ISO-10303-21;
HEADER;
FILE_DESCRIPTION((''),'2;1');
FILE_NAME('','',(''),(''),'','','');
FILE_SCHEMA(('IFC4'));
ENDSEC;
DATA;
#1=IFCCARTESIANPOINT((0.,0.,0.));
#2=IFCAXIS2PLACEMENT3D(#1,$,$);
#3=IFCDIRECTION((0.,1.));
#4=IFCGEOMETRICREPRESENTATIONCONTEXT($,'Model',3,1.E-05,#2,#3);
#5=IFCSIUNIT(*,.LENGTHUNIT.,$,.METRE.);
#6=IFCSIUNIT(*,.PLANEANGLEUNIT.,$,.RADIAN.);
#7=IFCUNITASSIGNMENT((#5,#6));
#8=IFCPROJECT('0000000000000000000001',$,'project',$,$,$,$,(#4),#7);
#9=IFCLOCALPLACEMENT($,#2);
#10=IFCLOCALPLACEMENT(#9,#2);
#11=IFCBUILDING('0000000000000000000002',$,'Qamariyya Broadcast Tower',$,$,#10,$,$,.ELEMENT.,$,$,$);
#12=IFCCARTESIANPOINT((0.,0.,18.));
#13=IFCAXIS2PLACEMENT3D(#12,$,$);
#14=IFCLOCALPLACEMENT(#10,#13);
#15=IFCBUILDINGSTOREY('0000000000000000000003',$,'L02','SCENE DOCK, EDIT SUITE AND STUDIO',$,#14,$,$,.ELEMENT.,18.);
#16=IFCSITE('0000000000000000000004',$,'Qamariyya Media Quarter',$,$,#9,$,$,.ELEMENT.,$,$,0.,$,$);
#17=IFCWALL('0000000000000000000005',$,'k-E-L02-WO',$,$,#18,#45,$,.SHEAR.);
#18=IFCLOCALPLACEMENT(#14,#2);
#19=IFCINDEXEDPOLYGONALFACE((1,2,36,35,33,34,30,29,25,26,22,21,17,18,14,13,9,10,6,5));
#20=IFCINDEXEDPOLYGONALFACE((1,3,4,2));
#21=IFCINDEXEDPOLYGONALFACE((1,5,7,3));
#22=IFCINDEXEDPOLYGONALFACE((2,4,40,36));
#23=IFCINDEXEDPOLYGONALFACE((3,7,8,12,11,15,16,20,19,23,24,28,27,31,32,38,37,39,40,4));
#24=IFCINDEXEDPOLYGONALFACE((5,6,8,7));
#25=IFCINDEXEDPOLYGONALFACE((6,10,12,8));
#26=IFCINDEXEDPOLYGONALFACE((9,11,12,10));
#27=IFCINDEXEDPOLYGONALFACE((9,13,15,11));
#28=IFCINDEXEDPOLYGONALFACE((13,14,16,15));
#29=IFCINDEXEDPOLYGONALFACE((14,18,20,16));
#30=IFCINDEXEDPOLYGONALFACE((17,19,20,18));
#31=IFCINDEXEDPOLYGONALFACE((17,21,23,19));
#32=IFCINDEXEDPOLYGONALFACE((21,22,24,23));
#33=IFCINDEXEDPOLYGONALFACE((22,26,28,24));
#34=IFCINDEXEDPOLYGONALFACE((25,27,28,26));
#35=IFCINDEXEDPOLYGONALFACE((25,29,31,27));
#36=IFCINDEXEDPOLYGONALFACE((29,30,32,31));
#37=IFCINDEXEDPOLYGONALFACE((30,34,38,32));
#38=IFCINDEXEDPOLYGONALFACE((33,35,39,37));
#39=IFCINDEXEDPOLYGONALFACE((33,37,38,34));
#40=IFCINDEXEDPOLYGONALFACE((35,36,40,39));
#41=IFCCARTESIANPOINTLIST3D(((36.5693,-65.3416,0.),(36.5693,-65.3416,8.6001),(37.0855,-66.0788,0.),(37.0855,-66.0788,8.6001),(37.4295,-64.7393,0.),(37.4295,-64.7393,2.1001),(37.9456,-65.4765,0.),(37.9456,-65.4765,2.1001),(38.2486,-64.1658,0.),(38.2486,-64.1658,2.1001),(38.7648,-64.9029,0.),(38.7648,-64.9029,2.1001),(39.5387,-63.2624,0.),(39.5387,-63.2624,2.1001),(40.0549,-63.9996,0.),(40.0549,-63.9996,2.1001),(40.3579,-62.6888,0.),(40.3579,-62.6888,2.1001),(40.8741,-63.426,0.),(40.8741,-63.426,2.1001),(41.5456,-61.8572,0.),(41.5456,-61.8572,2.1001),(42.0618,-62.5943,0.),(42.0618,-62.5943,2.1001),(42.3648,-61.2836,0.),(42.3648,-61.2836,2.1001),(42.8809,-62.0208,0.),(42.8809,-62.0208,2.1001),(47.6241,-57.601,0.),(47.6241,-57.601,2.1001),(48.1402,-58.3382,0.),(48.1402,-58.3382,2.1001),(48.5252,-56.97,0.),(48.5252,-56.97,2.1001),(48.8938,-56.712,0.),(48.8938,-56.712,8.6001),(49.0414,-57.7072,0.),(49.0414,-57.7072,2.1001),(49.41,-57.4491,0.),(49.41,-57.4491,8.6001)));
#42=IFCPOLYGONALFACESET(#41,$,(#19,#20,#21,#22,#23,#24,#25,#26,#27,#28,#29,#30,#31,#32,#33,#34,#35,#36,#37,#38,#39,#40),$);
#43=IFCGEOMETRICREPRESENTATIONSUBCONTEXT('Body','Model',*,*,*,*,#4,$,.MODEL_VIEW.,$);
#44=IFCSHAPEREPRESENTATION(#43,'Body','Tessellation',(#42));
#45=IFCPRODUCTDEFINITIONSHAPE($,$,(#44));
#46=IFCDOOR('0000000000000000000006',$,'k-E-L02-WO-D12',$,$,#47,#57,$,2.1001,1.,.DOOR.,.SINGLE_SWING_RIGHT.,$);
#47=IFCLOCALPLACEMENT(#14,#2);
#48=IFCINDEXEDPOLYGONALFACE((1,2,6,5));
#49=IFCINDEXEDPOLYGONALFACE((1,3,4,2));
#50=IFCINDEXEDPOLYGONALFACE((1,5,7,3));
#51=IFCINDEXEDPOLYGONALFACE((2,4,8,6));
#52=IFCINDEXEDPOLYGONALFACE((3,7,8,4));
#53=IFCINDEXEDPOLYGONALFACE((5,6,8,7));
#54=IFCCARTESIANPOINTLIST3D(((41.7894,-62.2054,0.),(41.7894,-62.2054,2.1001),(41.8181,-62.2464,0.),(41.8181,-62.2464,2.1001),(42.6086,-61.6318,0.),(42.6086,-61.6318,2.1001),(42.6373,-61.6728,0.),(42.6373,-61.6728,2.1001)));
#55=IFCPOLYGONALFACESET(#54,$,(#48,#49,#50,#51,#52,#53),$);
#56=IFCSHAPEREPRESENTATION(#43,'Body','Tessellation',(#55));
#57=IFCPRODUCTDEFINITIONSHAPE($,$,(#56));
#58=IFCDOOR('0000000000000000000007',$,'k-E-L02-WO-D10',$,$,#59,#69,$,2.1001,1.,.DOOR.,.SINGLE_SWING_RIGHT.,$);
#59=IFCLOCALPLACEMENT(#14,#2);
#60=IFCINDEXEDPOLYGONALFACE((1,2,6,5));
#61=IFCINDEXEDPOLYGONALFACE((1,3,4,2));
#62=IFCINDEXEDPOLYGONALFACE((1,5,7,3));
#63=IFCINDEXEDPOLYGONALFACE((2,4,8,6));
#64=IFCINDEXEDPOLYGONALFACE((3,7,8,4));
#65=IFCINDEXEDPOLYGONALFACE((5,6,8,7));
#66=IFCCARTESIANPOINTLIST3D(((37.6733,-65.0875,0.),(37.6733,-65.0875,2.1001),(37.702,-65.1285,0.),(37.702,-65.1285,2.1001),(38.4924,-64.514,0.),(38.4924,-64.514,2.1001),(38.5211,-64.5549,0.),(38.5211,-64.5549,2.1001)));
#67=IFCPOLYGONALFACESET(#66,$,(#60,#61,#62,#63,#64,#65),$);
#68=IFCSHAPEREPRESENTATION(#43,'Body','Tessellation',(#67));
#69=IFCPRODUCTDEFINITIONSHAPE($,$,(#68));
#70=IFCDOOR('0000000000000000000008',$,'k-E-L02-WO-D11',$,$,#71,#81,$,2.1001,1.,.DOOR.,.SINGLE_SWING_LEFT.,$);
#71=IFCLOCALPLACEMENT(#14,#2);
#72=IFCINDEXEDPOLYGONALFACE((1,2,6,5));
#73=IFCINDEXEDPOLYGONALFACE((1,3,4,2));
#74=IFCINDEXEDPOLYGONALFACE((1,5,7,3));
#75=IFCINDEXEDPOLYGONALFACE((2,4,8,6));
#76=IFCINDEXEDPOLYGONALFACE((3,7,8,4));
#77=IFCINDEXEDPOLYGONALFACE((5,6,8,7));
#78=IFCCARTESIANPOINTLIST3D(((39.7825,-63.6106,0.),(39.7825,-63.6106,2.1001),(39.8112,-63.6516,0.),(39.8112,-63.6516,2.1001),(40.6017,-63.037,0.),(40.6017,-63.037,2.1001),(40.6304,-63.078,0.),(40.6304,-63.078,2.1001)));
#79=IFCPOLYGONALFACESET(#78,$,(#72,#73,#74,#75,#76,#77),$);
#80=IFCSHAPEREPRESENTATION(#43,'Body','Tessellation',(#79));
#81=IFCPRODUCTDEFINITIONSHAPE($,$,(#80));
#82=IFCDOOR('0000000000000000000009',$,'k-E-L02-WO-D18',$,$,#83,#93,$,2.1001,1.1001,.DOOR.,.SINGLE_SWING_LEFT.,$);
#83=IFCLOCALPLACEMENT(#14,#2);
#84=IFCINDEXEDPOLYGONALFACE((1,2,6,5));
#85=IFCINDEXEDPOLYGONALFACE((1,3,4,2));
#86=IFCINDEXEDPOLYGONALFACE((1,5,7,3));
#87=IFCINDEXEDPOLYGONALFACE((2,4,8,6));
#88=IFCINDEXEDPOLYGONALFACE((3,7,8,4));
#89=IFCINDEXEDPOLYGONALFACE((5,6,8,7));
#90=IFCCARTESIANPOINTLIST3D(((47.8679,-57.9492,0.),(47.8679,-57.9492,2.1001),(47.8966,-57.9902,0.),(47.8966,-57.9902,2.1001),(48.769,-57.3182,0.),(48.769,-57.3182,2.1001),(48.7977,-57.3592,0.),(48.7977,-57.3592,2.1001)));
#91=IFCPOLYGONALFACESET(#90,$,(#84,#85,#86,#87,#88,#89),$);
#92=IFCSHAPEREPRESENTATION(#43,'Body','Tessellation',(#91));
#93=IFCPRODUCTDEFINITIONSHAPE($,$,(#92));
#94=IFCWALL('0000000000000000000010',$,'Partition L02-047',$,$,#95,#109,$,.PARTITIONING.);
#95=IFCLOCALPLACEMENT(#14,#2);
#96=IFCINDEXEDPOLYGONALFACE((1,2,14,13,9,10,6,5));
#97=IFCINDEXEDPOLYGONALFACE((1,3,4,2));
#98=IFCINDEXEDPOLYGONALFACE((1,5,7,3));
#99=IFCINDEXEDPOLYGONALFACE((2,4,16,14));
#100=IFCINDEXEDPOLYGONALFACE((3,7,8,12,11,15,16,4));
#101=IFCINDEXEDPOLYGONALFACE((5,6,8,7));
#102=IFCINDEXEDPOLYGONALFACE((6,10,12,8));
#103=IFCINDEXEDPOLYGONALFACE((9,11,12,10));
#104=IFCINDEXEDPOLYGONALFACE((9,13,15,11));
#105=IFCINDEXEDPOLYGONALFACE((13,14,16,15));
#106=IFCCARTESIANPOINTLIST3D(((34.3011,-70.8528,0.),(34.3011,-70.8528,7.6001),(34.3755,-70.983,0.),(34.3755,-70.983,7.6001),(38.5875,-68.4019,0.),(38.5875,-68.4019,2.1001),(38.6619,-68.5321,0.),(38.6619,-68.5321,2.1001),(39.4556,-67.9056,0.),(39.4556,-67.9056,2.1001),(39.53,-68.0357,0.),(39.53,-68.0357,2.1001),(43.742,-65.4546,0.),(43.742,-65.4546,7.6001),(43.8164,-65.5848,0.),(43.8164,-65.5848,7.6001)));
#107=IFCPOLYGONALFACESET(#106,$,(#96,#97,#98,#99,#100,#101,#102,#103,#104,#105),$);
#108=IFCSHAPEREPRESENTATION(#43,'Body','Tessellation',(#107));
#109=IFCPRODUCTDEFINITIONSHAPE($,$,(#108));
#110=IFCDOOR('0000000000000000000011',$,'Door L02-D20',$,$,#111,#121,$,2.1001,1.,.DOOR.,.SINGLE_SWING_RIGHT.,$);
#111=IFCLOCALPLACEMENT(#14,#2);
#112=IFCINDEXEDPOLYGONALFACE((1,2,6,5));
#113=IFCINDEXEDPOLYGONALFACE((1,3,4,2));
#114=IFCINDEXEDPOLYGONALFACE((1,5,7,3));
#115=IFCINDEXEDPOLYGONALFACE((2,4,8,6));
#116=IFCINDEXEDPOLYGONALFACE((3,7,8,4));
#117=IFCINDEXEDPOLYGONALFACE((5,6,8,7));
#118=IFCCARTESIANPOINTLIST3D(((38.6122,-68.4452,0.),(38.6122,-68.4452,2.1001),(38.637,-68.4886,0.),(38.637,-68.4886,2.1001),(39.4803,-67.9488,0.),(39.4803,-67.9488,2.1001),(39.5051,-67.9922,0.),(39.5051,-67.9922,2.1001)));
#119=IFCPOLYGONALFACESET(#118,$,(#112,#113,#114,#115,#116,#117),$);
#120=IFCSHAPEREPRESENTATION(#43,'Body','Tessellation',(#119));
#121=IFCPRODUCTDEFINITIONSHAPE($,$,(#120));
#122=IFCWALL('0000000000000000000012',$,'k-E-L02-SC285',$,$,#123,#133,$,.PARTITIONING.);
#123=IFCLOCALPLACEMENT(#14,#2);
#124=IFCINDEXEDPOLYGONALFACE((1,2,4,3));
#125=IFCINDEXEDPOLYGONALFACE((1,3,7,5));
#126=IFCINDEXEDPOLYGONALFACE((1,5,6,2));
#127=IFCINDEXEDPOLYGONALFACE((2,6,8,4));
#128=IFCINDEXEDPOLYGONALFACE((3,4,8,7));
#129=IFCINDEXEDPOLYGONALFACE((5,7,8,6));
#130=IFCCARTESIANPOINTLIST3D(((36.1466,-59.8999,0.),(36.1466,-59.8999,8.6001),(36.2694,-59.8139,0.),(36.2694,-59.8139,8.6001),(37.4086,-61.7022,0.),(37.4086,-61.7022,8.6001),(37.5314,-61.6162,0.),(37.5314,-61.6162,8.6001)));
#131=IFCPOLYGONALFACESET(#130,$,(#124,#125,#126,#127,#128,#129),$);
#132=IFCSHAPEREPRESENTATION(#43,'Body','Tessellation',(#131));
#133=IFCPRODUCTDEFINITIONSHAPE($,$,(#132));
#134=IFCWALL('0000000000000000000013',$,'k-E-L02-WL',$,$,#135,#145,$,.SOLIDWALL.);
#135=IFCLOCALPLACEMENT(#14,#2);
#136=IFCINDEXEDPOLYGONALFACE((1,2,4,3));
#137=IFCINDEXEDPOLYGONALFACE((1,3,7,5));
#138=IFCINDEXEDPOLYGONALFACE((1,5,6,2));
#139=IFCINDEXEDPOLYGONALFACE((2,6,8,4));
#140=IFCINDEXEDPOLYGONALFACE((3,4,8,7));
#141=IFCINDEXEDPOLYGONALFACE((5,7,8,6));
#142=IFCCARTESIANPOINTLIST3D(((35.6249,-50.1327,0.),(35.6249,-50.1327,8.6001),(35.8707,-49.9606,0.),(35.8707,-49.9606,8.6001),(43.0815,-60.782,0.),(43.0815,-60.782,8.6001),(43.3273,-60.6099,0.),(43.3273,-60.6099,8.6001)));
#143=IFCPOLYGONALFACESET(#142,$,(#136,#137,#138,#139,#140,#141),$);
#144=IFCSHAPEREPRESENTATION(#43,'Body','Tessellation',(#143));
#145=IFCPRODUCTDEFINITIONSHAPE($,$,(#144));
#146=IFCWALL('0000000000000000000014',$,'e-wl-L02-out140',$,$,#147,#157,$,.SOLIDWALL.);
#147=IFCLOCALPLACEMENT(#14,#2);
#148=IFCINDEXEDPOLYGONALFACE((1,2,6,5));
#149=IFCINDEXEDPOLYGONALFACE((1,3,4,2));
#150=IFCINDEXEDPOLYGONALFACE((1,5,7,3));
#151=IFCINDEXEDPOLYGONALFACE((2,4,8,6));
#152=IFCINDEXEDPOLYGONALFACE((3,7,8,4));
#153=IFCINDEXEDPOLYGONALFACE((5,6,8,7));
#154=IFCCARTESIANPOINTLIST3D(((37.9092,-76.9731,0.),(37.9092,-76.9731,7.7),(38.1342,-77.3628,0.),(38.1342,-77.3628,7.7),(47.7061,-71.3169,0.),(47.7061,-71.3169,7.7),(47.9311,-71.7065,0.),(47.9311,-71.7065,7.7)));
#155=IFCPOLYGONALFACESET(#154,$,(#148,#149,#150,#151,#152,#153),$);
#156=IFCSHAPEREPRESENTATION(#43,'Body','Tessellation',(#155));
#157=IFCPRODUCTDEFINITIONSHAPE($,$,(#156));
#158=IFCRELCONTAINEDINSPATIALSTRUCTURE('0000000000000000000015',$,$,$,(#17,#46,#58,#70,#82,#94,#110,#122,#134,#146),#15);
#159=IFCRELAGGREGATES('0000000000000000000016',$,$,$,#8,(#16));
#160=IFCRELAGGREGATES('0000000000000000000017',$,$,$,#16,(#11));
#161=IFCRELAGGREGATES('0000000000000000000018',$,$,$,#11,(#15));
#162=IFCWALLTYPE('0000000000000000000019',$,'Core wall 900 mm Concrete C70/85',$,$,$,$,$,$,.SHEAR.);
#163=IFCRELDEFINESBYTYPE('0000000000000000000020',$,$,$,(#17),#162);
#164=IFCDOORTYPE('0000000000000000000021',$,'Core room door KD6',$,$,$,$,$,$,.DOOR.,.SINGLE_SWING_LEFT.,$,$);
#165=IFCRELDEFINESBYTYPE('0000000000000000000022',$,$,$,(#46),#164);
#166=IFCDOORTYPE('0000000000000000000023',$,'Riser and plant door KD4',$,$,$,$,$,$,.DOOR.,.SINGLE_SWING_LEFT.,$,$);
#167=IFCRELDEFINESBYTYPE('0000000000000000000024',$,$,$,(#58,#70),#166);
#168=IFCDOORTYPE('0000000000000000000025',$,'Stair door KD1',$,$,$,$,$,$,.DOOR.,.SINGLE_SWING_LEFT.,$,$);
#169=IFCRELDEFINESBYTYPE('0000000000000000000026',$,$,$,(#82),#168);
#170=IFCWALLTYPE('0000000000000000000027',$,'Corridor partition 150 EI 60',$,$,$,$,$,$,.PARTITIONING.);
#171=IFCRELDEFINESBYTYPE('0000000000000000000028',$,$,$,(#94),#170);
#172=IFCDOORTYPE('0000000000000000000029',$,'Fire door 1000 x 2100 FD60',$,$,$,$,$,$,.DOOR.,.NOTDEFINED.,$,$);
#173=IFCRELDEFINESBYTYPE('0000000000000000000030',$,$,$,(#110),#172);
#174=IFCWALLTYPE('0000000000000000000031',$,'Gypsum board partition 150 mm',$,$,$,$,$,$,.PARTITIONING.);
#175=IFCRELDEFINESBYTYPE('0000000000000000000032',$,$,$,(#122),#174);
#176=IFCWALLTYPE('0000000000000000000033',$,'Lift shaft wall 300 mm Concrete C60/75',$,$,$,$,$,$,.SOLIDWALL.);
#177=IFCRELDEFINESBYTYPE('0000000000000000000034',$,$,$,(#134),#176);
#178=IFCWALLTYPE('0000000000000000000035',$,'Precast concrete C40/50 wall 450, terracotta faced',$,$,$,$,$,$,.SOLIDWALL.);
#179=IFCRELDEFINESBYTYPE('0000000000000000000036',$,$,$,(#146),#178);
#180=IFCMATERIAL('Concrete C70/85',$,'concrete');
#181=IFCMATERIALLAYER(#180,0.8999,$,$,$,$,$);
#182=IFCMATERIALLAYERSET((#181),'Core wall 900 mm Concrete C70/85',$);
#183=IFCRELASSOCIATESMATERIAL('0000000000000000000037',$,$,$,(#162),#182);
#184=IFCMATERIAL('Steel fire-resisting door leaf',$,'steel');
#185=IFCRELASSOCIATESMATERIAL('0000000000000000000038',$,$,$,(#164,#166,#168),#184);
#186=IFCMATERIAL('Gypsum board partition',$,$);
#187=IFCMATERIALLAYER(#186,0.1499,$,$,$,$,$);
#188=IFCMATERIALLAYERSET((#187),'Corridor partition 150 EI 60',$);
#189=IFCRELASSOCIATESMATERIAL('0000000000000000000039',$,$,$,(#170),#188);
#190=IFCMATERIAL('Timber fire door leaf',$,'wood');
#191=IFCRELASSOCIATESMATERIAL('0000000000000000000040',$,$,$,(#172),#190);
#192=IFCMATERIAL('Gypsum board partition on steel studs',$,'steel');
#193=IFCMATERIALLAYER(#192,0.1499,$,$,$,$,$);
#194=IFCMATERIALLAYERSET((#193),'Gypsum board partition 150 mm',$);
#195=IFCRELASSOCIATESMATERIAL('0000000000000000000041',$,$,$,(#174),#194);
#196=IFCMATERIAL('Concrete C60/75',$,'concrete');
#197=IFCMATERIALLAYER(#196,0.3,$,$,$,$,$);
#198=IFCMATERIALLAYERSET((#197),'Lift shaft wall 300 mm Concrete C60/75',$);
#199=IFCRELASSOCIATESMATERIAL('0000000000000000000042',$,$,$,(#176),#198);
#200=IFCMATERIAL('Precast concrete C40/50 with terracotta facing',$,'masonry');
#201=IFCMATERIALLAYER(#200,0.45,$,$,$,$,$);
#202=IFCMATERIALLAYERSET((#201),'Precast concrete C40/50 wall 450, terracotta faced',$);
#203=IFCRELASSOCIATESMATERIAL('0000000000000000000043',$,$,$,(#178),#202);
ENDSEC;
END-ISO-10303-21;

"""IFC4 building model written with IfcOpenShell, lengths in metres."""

from ifc_helpers import new_model, si_unit, direction, frame, frame_2d, origin, place, context, subcontext, project, spatial, rectangle, extrude, material, layer, layer_set, type_object, element, fill, save


model = new_model("IFC4")

# Units and contexts
model_context = context("Model", 3, precision=1e-05, world=origin(), true_north=direction((0.0, 1.0)))
body_context = subcontext(model_context, "Body", "Model", "MODEL_VIEW")
ifc_project = project(units=[si_unit("LENGTHUNIT", "METRE"), si_unit("PLANEANGLEUNIT", "RADIAN")], contexts=[model_context])

# Site, building, storey
site_placement = place(None, origin())
site = spatial("IfcSite", under=ifc_project, at=site_placement, Name="Qamariyya Media Quarter", CompositionType="ELEMENT", RefElevation=0.0)
building_placement = place(site_placement, origin())
building = spatial("IfcBuilding", under=site, at=building_placement, Name="Qamariyya Broadcast Tower", CompositionType="ELEMENT")
storey_placement = place(building_placement, frame((0.0, 0.0, 18.0)))
storey = spatial("IfcBuildingStorey", under=building, at=storey_placement, Name="L02", Description="SCENE DOCK, EDIT SUITE AND STUDIO", CompositionType="ELEMENT", Elevation=18.0)

# Shared definitions
ifc_material_1 = material(Name="Concrete C70/85", Category="concrete")

# Shared definitions
ifc_layer_1 = layer(ifc_material_1, 0.8999)
ifc_layer_set_1 = layer_set([ifc_layer_1], Name="Core wall 900 mm Concrete C70/85")
wall_type_1 = type_object("IfcWallType", Name="Core wall 900 mm Concrete C70/85", PredefinedType="SHEAR", material=ifc_layer_set_1)
ifc_material_2 = material(Name="Steel fire-resisting door leaf", Category="steel")

# Wall, openings, doors
wall_1_placement = place(storey_placement, frame((36.8274, -65.7102, 0.0), z_axis=(0.0, 0.0, 1.0), x_axis=(0.819153, 0.573575, 0.0)))
wall_1 = element("IfcWall", 1, at=wall_1_placement, inside=storey, type_object=wall_type_1, Name="k-E-L02-WO", PredefinedType="SHEAR", context=body_context, shape_type="SweptSolid", body=[
    extrude(rectangle(XDim=15.0454, YDim=0.8999, at=frame_2d((7.5227, 0.0))), origin(), (0.0, 0.0, 1.0), 8.6001),
])
opening_1_placement = place(wall_1_placement, frame((1.05, 0.0, 0.0)))
opening_1 = element("IfcOpeningElement", 2, at=opening_1_placement, cuts=wall_1, PredefinedType="OPENING", context=body_context, shape_type="SweptSolid", body=[
    extrude(rectangle(XDim=1.0, YDim=2.1001, at=frame_2d((0.5, 1.05))), frame((0.0, 0.46, 0.0), z_axis=(0.0, -1.0, 0.0), x_axis=(1.0, 0.0, 0.0)), (0.0, 0.0, 1.0), 0.9199),
])
opening_2_placement = place(wall_1_placement, frame((3.625, 0.0, 0.0)))
opening_2 = element("IfcOpeningElement", 3, at=opening_2_placement, cuts=wall_1, PredefinedType="OPENING", context=body_context, shape_type="SweptSolid", body=[
    extrude(rectangle(XDim=1.0, YDim=2.1001, at=frame_2d((0.5, 1.05))), frame((0.0, 0.46, 0.0), z_axis=(0.0, -1.0, 0.0), x_axis=(1.0, 0.0, 0.0)), (0.0, 0.0, 1.0), 0.9199),
])
opening_3_placement = place(wall_1_placement, frame((6.075, 0.0, 0.0)))
opening_3 = element("IfcOpeningElement", 4, at=opening_3_placement, cuts=wall_1, PredefinedType="OPENING", context=body_context, shape_type="SweptSolid", body=[
    extrude(rectangle(XDim=1.0, YDim=2.1001, at=frame_2d((0.5, 1.05))), frame((0.0, 0.46, 0.0), z_axis=(0.0, -1.0, 0.0), x_axis=(1.0, 0.0, 0.0)), (0.0, 0.0, 1.0), 0.9199),
])
opening_4_placement = place(wall_1_placement, frame((13.4954, 0.0, 0.0)))
opening_4 = element("IfcOpeningElement", 5, at=opening_4_placement, cuts=wall_1, PredefinedType="OPENING", context=body_context, shape_type="SweptSolid", body=[
    extrude(rectangle(XDim=1.1001, YDim=2.1001, at=frame_2d((0.55, 1.05))), frame((0.0, 0.46, 0.0), z_axis=(0.0, -1.0, 0.0), x_axis=(1.0, 0.0, 0.0)), (0.0, 0.0, 1.0), 0.9199),
])
door_type_1 = type_object("IfcDoorType", Name="Core room door KD6", OperationType="SINGLE_SWING_LEFT", PredefinedType="DOOR", material=ifc_material_2)
door_1_placement = place(opening_3_placement, origin())
door_1 = element("IfcDoor", 6, at=door_1_placement, inside=storey, type_object=door_type_1, Name="k-E-L02-WO-D12", OperationType="SINGLE_SWING_RIGHT", OverallHeight=2.1001, OverallWidth=1.0, PredefinedType="DOOR", context=body_context, shape_type="SweptSolid", body=[
    extrude(rectangle(XDim=1.0, YDim=2.1001, at=frame_2d((0.5, 1.05))), frame((0.0, 0.0249, 0.0), z_axis=(0.0, -1.0, 0.0), x_axis=(1.0, 0.0, 0.0)), (0.0, 0.0, 1.0), 0.05),
])
fill(opening_3, door_1)
door_type_2 = type_object("IfcDoorType", Name="Riser and plant door KD4", OperationType="SINGLE_SWING_LEFT", PredefinedType="DOOR", material=ifc_material_2)
door_2_placement = place(opening_1_placement, origin())
door_2 = element("IfcDoor", 7, at=door_2_placement, inside=storey, type_object=door_type_2, Name="k-E-L02-WO-D10", OperationType="SINGLE_SWING_RIGHT", OverallHeight=2.1001, OverallWidth=1.0, PredefinedType="DOOR", context=body_context, shape_type="SweptSolid", body=[
    extrude(rectangle(XDim=1.0, YDim=2.1001, at=frame_2d((0.5, 1.05))), frame((0.0, 0.0249, 0.0), z_axis=(0.0, -1.0, 0.0), x_axis=(1.0, 0.0, 0.0)), (0.0, 0.0, 1.0), 0.05),
])
fill(opening_1, door_2)
door_3_placement = place(opening_2_placement, origin())
door_3 = element("IfcDoor", 8, at=door_3_placement, inside=storey, type_object=door_type_2, Name="k-E-L02-WO-D11", OperationType="SINGLE_SWING_LEFT", OverallHeight=2.1001, OverallWidth=1.0, PredefinedType="DOOR", context=body_context, shape_type="SweptSolid", body=[
    extrude(rectangle(XDim=1.0, YDim=2.1001, at=frame_2d((0.5, 1.05))), frame((0.0, 0.0249, 0.0), z_axis=(0.0, -1.0, 0.0), x_axis=(1.0, 0.0, 0.0)), (0.0, 0.0, 1.0), 0.05),
])
fill(opening_2, door_3)
door_type_3 = type_object("IfcDoorType", Name="Stair door KD1", OperationType="SINGLE_SWING_LEFT", PredefinedType="DOOR", material=ifc_material_2)
door_4_placement = place(opening_4_placement, origin())
door_4 = element("IfcDoor", 9, at=door_4_placement, inside=storey, type_object=door_type_3, Name="k-E-L02-WO-D18", OperationType="SINGLE_SWING_LEFT", OverallHeight=2.1001, OverallWidth=1.1001, PredefinedType="DOOR", context=body_context, shape_type="SweptSolid", body=[
    extrude(rectangle(XDim=1.1001, YDim=2.1001, at=frame_2d((0.55, 1.05))), frame((0.0, 0.0249, 0.0), z_axis=(0.0, -1.0, 0.0), x_axis=(1.0, 0.0, 0.0)), (0.0, 0.0, 1.0), 0.05),
])
fill(opening_4, door_4)

# Wall, opening, door
ifc_material_3 = material(Name="Gypsum board partition")
ifc_layer_2 = layer(ifc_material_3, 0.1499)
ifc_layer_set_2 = layer_set([ifc_layer_2], Name="Corridor partition 150 EI 60")
wall_type_2 = type_object("IfcWallType", Name="Corridor partition 150 EI 60", PredefinedType="PARTITIONING", material=ifc_layer_set_2)
wall_2_placement = place(storey_placement, frame((43.7791, -65.5198, 0.0), z_axis=(0.0, 0.0, 1.0), x_axis=(-0.868109, -0.496373, 0.0)))
wall_2 = element("IfcWall", 10, at=wall_2_placement, inside=storey, type_object=wall_type_2, Name="Partition L02-047", PredefinedType="PARTITIONING", context=body_context, shape_type="SweptSolid", body=[
    extrude(rectangle(XDim=10.8752, YDim=0.1499, at=frame_2d((5.4375, 0.0))), origin(), (0.0, 0.0, 1.0), 7.6001),
])
opening_5_placement = place(wall_2_placement, frame((4.9375, 0.0, 0.0)))
opening_5 = element("IfcOpeningElement", 11, at=opening_5_placement, cuts=wall_2, PredefinedType="OPENING", context=body_context, shape_type="SweptSolid", body=[
    extrude(rectangle(XDim=1.0, YDim=2.1001, at=frame_2d((0.5, 1.05))), frame((0.0, 0.085, 0.0), z_axis=(0.0, -1.0, 0.0), x_axis=(1.0, 0.0, 0.0)), (0.0, 0.0, 1.0), 0.1699),
])
ifc_material_4 = material(Name="Timber fire door leaf", Category="wood")
door_type_4 = type_object("IfcDoorType", Name="Fire door 1000 x 2100 FD60", OperationType="NOTDEFINED", PredefinedType="DOOR", material=ifc_material_4)
door_5_placement = place(opening_5_placement, origin())
door_5 = element("IfcDoor", 12, at=door_5_placement, inside=storey, type_object=door_type_4, Name="Door L02-D20", OperationType="SINGLE_SWING_RIGHT", OverallHeight=2.1001, OverallWidth=1.0, PredefinedType="DOOR", context=body_context, shape_type="SweptSolid", body=[
    extrude(rectangle(XDim=1.0, YDim=2.1001, at=frame_2d((0.5, 1.05))), frame((0.0, 0.0249, 0.0), z_axis=(0.0, -1.0, 0.0), x_axis=(1.0, 0.0, 0.0)), (0.0, 0.0, 1.0), 0.05),
])
fill(opening_5, door_5)

# Walls
ifc_material_5 = material(Name="Gypsum board partition on steel studs", Category="steel")
ifc_layer_3 = layer(ifc_material_5, 0.1499)
ifc_layer_set_3 = layer_set([ifc_layer_3], Name="Gypsum board partition 150 mm")
wall_type_3 = type_object("IfcWallType", Name="Gypsum board partition 150 mm", PredefinedType="PARTITIONING", material=ifc_layer_set_3)
wall_3_placement = place(storey_placement, frame((36.208, -59.8569, 0.0), z_axis=(0.0, 0.0, 1.0), x_axis=(0.573581, -0.819149, 0.0)))
element("IfcWall", 13, at=wall_3_placement, inside=storey, type_object=wall_type_3, Name="k-E-L02-SC285", PredefinedType="PARTITIONING", context=body_context, shape_type="SweptSolid", body=[
    extrude(rectangle(XDim=2.2002, YDim=0.1499, at=frame_2d((1.1001, 0.0))), origin(), (0.0, 0.0, 1.0), 8.6001),
])
ifc_material_6 = material(Name="Concrete C60/75", Category="concrete")
ifc_layer_4 = layer(ifc_material_6, 0.3)
ifc_layer_set_4 = layer_set([ifc_layer_4], Name="Lift shaft wall 300 mm Concrete C60/75")
wall_type_4 = type_object("IfcWallType", Name="Lift shaft wall 300 mm Concrete C60/75", PredefinedType="SOLIDWALL", material=ifc_layer_set_4)
wall_4_placement = place(storey_placement, frame((43.2043, -60.6958, 0.0), z_axis=(0.0, 0.0, 1.0), x_axis=(-0.573572, 0.819155, 0.0)))
element("IfcWall", 14, at=wall_4_placement, inside=storey, type_object=wall_type_4, Name="k-E-L02-WL", PredefinedType="SOLIDWALL", context=body_context, shape_type="SweptSolid", body=[
    extrude(rectangle(XDim=13.0002, YDim=0.3, at=frame_2d((6.5, 0.0))), origin(), (0.0, 0.0, 1.0), 8.6001),
])
ifc_material_7 = material(Name="Precast concrete C40/50 with terracotta facing", Category="masonry")
ifc_layer_5 = layer(ifc_material_7, 0.45)
ifc_layer_set_5 = layer_set([ifc_layer_5], Name="Precast concrete C40/50 wall 450, terracotta faced")
wall_type_5 = type_object("IfcWallType", Name="Precast concrete C40/50 wall 450, terracotta faced", PredefinedType="SOLIDWALL", material=ifc_layer_set_5)
wall_5_placement = place(storey_placement, frame((38.0217, -77.168, 0.0), z_axis=(0.0, 0.0, 1.0), x_axis=(0.866025, 0.500001, 0.0)))
element("IfcWall", 15, at=wall_5_placement, inside=storey, type_object=wall_type_5, Name="e-wl-L02-out140", PredefinedType="SOLIDWALL", context=body_context, shape_type="SweptSolid", body=[
    extrude(rectangle(XDim=11.3125, YDim=0.45, at=frame_2d((5.6562, 0.0))), origin(), (0.0, 0.0, 1.0), 7.7),
])

save(model, "model.ifc")
